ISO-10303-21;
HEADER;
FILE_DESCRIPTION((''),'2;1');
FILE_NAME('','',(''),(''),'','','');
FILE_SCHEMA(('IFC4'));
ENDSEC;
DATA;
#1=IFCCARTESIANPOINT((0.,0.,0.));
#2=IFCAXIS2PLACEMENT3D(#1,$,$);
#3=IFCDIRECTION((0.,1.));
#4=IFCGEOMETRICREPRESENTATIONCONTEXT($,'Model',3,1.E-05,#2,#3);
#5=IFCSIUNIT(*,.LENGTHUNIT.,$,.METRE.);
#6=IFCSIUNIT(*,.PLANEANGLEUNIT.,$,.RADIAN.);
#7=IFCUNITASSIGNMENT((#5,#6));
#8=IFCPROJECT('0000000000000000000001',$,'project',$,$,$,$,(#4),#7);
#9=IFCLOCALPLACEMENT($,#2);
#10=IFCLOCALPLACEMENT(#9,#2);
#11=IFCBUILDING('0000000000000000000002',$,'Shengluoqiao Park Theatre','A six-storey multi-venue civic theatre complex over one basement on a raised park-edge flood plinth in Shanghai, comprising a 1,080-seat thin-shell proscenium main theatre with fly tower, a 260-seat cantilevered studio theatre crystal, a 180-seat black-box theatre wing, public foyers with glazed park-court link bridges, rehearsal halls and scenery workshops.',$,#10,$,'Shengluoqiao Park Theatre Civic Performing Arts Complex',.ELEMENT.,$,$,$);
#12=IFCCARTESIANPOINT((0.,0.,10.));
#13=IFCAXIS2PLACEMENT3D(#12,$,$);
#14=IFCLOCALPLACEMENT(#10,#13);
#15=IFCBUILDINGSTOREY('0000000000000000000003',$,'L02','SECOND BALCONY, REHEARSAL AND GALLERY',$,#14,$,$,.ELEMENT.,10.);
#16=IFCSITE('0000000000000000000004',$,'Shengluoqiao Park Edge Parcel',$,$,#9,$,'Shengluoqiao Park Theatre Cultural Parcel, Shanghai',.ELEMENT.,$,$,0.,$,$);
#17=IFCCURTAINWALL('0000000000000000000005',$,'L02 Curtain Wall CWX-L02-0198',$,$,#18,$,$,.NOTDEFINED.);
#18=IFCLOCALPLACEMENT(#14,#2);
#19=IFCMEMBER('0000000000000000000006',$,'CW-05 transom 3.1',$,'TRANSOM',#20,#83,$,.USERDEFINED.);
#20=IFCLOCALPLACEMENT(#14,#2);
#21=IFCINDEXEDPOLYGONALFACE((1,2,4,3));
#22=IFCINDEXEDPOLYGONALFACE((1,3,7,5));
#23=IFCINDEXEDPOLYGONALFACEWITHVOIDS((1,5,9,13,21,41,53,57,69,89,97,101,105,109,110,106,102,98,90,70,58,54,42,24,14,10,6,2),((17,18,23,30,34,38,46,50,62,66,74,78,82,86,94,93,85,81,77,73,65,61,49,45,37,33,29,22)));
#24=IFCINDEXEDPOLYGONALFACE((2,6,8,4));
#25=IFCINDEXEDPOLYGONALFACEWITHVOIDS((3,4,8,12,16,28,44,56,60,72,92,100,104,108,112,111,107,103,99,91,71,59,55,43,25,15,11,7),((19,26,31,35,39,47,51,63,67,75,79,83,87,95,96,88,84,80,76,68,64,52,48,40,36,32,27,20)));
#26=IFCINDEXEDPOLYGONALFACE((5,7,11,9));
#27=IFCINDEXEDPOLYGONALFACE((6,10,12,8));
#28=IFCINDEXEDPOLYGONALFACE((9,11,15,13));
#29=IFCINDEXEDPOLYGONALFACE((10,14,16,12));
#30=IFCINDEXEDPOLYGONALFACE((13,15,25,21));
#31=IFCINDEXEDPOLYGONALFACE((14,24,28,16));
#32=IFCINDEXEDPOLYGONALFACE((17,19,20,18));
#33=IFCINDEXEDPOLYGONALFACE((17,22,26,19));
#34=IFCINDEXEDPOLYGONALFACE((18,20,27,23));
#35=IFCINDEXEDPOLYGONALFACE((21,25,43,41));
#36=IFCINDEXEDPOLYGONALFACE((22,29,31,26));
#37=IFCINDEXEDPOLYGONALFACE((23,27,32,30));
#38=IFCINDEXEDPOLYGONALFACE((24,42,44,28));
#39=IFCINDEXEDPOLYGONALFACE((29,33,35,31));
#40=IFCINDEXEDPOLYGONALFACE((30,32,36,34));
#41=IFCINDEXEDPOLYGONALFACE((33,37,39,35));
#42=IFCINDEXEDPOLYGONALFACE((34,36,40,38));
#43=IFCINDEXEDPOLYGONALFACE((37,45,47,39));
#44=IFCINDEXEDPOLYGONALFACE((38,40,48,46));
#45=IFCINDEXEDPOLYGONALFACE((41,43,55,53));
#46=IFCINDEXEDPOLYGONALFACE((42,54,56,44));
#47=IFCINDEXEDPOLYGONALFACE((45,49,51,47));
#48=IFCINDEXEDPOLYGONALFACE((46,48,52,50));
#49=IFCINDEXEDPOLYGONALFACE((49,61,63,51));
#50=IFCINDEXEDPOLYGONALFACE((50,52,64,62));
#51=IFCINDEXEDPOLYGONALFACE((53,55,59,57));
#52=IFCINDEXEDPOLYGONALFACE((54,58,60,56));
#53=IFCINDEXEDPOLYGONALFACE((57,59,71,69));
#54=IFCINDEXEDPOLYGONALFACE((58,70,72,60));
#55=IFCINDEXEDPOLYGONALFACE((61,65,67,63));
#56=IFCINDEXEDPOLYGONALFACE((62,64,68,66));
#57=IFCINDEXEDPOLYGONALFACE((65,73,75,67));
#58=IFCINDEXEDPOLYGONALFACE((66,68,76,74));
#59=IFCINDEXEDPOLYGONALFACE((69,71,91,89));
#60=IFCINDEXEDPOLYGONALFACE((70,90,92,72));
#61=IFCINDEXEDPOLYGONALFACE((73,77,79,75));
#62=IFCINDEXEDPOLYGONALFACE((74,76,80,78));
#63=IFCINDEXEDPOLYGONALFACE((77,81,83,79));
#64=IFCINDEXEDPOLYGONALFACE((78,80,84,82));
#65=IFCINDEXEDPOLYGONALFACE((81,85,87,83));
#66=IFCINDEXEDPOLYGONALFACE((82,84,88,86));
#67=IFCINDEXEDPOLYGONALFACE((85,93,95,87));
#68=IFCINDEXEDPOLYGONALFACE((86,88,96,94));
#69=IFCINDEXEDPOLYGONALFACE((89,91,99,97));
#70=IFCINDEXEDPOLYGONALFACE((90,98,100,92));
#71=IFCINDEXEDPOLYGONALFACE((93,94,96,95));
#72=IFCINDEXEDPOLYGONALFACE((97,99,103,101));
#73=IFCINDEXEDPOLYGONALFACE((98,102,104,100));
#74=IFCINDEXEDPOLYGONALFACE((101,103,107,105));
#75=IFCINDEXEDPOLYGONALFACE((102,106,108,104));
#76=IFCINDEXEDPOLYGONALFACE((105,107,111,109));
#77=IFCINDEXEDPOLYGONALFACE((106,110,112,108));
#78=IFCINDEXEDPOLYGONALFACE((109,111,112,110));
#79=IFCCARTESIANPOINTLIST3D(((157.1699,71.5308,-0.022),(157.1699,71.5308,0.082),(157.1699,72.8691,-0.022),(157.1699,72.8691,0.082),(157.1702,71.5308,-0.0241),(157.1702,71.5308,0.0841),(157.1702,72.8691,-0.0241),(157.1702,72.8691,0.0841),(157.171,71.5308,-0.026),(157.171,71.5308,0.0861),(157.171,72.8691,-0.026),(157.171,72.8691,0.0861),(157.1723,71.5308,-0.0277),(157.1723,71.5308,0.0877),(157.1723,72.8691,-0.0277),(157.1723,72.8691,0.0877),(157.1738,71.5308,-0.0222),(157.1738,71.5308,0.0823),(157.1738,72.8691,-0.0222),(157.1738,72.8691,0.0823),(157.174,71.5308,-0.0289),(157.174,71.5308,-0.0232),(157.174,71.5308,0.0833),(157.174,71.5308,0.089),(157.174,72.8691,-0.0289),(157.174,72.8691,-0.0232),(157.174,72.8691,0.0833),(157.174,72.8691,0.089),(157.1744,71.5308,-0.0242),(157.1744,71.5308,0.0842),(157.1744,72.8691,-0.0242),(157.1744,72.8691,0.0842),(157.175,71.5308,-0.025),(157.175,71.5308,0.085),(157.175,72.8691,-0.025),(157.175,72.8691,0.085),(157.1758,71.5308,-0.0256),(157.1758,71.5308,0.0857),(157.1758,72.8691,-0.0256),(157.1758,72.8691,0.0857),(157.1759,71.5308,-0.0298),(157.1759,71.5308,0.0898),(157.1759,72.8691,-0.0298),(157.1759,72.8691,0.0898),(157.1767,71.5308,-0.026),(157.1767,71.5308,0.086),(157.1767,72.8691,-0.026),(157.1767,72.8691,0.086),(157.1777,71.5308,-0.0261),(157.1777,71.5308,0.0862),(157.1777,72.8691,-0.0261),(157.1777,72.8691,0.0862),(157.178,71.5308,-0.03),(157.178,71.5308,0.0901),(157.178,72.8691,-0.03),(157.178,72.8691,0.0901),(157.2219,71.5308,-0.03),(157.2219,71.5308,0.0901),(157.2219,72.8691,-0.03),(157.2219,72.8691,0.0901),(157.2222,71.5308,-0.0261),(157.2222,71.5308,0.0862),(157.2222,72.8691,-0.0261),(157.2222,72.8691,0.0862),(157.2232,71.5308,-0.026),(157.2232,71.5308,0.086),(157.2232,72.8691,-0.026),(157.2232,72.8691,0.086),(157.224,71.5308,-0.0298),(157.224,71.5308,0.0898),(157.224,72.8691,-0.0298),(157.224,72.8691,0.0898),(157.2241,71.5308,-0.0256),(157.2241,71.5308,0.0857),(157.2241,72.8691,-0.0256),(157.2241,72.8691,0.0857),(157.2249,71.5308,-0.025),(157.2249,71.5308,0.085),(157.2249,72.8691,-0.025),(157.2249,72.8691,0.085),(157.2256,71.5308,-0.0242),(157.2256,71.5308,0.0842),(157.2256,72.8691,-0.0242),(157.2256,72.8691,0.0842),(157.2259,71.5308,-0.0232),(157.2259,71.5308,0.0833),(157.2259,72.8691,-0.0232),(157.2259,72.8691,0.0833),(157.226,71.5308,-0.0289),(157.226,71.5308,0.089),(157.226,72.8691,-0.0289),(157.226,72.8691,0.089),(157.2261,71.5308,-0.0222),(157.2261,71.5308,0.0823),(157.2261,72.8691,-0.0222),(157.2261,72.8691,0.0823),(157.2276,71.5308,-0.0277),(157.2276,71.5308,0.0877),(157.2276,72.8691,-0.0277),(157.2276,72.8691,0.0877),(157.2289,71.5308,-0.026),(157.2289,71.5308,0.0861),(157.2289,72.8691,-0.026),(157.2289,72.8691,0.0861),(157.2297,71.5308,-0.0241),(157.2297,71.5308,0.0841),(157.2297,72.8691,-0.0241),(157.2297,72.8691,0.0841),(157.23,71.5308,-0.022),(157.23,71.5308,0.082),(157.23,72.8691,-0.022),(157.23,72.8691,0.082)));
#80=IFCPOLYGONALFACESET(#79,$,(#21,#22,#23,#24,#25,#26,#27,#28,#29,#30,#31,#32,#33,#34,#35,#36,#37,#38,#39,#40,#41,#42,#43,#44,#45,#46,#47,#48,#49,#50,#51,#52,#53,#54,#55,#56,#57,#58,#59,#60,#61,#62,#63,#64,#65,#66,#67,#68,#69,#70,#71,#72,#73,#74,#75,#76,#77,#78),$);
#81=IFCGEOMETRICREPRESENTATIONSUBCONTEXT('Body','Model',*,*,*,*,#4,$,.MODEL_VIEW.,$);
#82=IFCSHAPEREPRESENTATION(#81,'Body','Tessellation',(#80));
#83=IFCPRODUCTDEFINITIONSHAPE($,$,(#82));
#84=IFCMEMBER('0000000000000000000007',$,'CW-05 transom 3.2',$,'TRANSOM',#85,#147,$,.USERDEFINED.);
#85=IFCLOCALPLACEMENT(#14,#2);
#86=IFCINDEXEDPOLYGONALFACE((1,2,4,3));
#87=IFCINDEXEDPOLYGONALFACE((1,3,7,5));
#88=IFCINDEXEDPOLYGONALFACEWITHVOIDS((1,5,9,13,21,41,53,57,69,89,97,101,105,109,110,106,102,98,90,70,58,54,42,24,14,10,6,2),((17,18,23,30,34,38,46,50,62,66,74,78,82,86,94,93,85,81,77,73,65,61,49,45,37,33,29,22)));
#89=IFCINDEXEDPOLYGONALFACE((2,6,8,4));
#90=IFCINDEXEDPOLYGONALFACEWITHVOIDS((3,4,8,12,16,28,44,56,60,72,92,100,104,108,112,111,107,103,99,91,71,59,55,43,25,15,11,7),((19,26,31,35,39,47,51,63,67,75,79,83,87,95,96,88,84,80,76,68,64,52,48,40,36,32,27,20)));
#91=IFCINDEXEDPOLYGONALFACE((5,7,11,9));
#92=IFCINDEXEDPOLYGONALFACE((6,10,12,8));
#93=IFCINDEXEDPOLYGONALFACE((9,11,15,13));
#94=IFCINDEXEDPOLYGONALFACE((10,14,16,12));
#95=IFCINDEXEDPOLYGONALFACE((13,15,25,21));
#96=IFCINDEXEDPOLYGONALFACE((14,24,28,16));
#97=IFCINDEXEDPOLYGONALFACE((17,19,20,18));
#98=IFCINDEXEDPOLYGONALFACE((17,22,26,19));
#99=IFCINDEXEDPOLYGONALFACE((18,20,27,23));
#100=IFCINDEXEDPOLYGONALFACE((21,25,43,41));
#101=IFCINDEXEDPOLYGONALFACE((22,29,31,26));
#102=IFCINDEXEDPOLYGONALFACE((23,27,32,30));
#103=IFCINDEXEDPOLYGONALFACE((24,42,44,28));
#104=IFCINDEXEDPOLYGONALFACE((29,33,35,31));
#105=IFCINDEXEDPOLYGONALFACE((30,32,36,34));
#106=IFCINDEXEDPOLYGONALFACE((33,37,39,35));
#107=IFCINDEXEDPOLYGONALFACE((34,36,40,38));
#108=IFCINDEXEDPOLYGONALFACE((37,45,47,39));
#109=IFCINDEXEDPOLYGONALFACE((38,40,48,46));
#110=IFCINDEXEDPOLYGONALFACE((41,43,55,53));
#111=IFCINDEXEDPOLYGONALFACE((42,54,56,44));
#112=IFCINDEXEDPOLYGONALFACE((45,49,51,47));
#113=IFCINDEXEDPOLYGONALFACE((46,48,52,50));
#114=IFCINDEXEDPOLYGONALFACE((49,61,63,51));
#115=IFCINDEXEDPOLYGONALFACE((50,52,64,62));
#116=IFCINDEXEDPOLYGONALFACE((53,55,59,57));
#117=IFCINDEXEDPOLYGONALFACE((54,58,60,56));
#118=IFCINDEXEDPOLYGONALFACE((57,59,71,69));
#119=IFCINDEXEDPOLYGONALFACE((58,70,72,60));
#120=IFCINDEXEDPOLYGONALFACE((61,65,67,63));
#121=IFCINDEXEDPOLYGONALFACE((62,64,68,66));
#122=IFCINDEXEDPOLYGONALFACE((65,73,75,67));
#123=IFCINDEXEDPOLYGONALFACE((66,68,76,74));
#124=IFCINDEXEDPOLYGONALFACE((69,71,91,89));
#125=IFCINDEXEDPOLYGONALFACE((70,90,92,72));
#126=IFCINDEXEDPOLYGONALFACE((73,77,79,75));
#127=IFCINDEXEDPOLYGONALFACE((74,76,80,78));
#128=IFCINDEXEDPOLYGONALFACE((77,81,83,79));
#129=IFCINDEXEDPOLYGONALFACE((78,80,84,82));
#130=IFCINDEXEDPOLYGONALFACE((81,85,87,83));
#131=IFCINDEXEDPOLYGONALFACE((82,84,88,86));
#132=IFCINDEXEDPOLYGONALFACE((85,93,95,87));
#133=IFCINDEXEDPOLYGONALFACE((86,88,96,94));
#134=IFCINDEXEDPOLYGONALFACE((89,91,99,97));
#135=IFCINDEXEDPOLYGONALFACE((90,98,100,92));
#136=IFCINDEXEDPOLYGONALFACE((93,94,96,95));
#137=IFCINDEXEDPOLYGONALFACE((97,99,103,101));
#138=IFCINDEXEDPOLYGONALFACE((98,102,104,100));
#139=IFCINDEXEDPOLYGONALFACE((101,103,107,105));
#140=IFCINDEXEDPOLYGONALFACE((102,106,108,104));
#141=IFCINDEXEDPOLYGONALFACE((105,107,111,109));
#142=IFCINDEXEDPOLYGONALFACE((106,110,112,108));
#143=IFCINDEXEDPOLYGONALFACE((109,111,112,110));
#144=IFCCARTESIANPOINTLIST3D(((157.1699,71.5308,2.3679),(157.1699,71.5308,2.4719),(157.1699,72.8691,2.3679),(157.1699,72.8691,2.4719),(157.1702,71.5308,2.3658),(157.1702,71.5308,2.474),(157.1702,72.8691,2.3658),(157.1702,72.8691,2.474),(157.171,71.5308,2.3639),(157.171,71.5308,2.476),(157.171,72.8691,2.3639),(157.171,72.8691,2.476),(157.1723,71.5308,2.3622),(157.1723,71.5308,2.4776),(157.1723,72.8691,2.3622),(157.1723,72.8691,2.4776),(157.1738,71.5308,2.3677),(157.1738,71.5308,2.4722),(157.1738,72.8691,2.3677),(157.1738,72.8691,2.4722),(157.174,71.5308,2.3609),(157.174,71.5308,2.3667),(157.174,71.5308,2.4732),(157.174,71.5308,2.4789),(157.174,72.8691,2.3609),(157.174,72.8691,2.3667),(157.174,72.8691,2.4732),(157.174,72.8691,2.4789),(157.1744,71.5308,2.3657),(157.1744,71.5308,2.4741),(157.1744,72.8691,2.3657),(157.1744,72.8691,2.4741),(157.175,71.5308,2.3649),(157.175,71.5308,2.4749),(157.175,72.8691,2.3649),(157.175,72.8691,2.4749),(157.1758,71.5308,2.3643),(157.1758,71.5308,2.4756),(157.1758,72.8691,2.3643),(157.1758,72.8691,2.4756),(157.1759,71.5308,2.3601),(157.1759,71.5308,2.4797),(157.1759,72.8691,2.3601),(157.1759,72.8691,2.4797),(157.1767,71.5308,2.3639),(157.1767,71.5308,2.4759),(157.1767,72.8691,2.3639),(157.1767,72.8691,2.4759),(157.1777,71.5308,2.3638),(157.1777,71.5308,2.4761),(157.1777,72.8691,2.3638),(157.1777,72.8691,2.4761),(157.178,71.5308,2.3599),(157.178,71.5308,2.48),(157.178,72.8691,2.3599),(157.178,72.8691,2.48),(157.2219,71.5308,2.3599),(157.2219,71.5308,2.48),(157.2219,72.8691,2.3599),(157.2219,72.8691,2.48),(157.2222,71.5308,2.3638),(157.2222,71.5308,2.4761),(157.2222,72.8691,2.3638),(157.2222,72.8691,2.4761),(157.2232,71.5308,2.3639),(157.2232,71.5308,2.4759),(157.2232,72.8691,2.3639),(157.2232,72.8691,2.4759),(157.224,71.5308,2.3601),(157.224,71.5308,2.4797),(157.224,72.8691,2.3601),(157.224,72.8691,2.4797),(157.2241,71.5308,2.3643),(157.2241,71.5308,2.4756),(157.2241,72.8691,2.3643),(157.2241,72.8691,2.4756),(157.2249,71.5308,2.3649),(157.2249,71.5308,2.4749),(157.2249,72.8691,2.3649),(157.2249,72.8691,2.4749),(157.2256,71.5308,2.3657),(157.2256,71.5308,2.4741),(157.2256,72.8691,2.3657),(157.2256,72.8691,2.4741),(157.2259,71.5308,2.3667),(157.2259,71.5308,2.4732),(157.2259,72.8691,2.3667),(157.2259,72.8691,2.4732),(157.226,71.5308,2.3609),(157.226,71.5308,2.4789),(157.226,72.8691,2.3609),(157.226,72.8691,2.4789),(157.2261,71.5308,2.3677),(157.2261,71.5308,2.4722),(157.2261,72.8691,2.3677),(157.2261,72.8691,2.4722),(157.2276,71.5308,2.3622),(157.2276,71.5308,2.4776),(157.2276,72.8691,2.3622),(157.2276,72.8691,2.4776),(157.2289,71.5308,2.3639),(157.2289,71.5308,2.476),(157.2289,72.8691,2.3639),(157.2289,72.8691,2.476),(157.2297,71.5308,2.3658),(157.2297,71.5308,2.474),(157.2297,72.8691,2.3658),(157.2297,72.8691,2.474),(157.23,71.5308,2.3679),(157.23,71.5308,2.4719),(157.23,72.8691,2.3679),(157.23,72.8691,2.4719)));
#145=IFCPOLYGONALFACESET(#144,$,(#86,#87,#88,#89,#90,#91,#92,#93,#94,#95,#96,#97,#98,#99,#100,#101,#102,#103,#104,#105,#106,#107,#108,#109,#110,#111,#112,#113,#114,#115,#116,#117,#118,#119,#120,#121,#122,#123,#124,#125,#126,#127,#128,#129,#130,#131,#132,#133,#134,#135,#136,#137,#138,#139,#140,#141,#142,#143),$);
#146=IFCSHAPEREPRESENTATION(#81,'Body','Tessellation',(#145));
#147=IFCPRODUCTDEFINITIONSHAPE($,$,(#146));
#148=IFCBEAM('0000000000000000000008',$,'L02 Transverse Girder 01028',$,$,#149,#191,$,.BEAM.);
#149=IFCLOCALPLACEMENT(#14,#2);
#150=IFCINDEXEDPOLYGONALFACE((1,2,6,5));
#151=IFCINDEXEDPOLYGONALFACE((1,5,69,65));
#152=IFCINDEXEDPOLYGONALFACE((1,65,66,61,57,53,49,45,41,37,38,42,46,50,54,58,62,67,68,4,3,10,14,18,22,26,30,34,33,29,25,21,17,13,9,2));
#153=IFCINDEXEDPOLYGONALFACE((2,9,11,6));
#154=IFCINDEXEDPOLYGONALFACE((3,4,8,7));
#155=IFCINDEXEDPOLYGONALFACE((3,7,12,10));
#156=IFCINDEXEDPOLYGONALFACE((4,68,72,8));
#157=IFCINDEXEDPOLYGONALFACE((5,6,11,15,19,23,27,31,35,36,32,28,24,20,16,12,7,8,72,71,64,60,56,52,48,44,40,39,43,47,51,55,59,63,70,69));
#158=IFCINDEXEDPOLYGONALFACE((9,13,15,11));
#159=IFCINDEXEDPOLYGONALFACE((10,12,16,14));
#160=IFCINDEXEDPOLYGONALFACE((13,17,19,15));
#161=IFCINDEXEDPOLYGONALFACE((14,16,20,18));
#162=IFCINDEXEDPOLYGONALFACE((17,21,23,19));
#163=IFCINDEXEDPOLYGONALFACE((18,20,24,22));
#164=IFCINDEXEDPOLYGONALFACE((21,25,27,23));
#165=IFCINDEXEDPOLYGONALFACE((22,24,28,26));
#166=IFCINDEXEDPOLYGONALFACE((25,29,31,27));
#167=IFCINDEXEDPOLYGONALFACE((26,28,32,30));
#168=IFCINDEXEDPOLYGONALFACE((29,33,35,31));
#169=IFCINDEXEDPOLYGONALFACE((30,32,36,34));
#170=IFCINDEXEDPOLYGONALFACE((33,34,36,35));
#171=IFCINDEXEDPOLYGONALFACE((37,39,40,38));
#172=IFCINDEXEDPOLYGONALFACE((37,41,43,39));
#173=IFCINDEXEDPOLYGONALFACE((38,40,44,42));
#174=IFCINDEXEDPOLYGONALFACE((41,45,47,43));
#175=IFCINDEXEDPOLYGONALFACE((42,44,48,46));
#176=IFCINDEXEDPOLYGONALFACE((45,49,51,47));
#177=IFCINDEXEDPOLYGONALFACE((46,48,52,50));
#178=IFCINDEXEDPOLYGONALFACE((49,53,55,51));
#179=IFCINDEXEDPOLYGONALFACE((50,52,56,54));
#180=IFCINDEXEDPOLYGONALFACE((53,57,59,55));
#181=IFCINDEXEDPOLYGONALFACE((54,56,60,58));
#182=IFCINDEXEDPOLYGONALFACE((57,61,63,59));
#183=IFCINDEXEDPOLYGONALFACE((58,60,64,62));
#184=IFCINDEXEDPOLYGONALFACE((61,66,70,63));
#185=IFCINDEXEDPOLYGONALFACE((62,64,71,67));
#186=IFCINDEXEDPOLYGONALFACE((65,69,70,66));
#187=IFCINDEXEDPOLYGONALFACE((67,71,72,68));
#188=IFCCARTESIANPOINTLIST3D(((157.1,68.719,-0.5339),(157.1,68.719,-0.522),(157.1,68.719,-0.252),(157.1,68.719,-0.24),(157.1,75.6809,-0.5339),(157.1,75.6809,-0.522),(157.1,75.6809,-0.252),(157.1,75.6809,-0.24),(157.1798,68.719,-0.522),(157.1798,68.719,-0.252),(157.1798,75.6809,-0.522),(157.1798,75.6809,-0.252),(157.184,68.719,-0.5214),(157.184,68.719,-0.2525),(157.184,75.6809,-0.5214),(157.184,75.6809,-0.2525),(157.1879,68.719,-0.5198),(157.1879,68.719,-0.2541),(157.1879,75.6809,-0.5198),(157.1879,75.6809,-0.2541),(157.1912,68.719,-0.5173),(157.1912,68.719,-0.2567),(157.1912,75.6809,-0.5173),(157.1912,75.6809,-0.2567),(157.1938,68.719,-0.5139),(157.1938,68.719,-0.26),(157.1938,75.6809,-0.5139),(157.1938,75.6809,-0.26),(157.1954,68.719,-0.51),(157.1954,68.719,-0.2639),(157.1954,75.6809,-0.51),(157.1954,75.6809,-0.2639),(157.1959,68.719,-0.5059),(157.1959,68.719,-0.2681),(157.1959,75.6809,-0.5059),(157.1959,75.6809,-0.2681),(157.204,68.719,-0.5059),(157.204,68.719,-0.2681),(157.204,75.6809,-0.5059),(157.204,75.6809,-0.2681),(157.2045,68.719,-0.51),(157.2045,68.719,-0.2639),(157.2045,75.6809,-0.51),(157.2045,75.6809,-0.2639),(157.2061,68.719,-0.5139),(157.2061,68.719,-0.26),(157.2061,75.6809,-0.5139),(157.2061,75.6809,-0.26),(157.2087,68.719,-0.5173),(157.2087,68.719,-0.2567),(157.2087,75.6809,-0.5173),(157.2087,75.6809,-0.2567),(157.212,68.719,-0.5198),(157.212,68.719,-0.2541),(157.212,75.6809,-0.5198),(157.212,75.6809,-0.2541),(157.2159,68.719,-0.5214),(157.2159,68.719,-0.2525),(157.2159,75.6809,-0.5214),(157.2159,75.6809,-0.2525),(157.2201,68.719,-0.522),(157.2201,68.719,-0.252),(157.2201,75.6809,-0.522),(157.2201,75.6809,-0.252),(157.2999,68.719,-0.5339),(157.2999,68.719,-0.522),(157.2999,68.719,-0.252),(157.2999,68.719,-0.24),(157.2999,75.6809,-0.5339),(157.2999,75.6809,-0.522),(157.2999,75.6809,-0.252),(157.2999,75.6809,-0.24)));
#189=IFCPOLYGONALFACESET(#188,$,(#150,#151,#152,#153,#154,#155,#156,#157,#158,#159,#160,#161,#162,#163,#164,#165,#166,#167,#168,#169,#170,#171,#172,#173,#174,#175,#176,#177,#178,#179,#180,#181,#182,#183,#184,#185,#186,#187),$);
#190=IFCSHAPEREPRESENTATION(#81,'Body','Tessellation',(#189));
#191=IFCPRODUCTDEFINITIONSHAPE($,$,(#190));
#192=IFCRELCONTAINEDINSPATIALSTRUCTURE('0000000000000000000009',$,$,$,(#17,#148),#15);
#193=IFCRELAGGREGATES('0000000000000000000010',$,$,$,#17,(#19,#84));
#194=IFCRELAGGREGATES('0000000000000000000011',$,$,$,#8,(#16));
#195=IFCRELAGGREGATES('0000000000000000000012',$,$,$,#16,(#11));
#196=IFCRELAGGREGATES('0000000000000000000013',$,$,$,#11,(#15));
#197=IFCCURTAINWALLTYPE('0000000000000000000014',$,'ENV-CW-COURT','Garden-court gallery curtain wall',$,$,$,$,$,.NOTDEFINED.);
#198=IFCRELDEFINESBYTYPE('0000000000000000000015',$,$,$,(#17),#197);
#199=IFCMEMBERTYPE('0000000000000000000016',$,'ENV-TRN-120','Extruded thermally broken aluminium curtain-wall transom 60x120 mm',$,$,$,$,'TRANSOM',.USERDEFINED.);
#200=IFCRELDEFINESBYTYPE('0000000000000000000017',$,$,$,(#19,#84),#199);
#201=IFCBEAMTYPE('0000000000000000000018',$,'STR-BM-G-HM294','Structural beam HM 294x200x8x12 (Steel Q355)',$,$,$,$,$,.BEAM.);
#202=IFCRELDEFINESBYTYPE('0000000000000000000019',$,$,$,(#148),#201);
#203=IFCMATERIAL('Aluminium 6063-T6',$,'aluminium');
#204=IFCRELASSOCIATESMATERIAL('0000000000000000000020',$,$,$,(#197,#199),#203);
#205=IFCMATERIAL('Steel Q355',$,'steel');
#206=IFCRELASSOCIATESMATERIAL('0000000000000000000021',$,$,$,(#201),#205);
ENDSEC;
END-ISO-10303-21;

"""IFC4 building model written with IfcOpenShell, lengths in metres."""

from ifc_helpers import new_model, si_unit, direction, frame, origin, origin_2d, place, context, subcontext, project, spatial, hollow_rectangle, i_section, extrude, material, material_profile, profile_set, type_object, element, aggregate, save


model = new_model("IFC4")

# Units and contexts
model_context = context("Model", 3, precision=1e-05, world=origin(), true_north=direction((0.0, 1.0)))
body_context = subcontext(model_context, "Body", "Model", "MODEL_VIEW")
ifc_project = project(units=[si_unit("LENGTHUNIT", "METRE"), si_unit("PLANEANGLEUNIT", "RADIAN")], contexts=[model_context])

# Site, building, storey
site_placement = place(None, origin())
site = spatial("IfcSite", under=ifc_project, at=site_placement, Name="Shengluoqiao Park Edge Parcel", LongName="Shengluoqiao Park Theatre Cultural Parcel, Shanghai", CompositionType="ELEMENT", RefElevation=0.0)
building_placement = place(site_placement, origin())
building = spatial("IfcBuilding", under=site, at=building_placement, Name="Shengluoqiao Park Theatre", Description="A six-storey multi-venue civic theatre complex over one basement on a raised park-edge flood plinth in Shanghai, comprising a 1,080-seat thin-shell proscenium main theatre with fly tower, a 260-seat cantilevered studio theatre crystal, a 180-seat black-box theatre wing, public foyers with glazed park-court link bridges, rehearsal halls and scenery workshops.", LongName="Shengluoqiao Park Theatre Civic Performing Arts Complex", CompositionType="ELEMENT")
storey_placement = place(building_placement, frame((0.0, 0.0, 10.0)))
storey = spatial("IfcBuildingStorey", under=building, at=storey_placement, Name="L02", Description="SECOND BALCONY, REHEARSAL AND GALLERY", CompositionType="ELEMENT", Elevation=10.0)

# Curtain wall
ifc_material_1 = material(Name="Aluminium 6063-T6", Category="aluminium")
curtain_wall_type_1 = type_object("IfcCurtainWallType", Name="ENV-CW-COURT", Description="Garden-court gallery curtain wall", PredefinedType="NOTDEFINED", material=ifc_material_1)
curtain_wall_1_placement = place(storey_placement, origin())
curtain_wall_1 = element("IfcCurtainWall", 1, at=curtain_wall_1_placement, inside=storey, type_object=curtain_wall_type_1, Name="L02 Curtain Wall CWX-L02-0198", PredefinedType="NOTDEFINED")

# Members
ifc_material_profile_1 = material_profile(ifc_material_1, hollow_rectangle(XDim=0.0601, YDim=0.1201, WallThickness=0.0039, InnerFilletRadius=0.0039, OuterFilletRadius=0.0081, at=origin_2d()), Name="ALU TRANSOM 120x60x4")
ifc_profile_set_1 = profile_set([ifc_material_profile_1], Name="Aluminium 6063-T6")
member_type_1 = type_object("IfcMemberType", Name="ENV-TRN-120", Description="Extruded thermally broken aluminium curtain-wall transom 60x120 mm", ElementType="TRANSOM", PredefinedType="USERDEFINED", material=ifc_profile_set_1)
member_1_placement = place(storey_placement, frame((157.2, 71.5308, 0.03), z_axis=(0.0, 1.0, 0.0), x_axis=(-1.0, 0.0, 0.0)))
member_1 = element("IfcMember", 2, at=member_1_placement, type_object=member_type_1, Name="CW-05 transom 3.1", ObjectType="TRANSOM", PredefinedType="USERDEFINED", context=body_context, shape_type="SweptSolid", body=[
    extrude(hollow_rectangle(XDim=0.0601, YDim=0.1201, WallThickness=0.0039, InnerFilletRadius=0.0039, OuterFilletRadius=0.0081, at=origin_2d()), origin(), (0.0, 0.0, 1.0), 1.3384),
])
member_2_placement = place(storey_placement, frame((157.2, 71.5308, 2.4199), z_axis=(0.0, 1.0, 0.0), x_axis=(-1.0, 0.0, 0.0)))
member_2 = element("IfcMember", 3, at=member_2_placement, type_object=member_type_1, Name="CW-05 transom 3.2", ObjectType="TRANSOM", PredefinedType="USERDEFINED", context=body_context, shape_type="SweptSolid", body=[
    extrude(hollow_rectangle(XDim=0.0601, YDim=0.1201, WallThickness=0.0039, InnerFilletRadius=0.0039, OuterFilletRadius=0.0081, at=origin_2d()), origin(), (0.0, 0.0, 1.0), 1.3384),
])

# Beam
ifc_material_2 = material(Name="Steel Q355", Category="steel")
ifc_material_profile_2 = material_profile(ifc_material_2, i_section(OverallWidth=0.2, OverallDepth=0.2939, WebThickness=0.0081, FlangeThickness=0.012, FilletRadius=0.0161, at=origin_2d()), Name="HM 294x200x8x12")
ifc_profile_set_2 = profile_set([ifc_material_profile_2], Name="Steel Q355")
beam_type = type_object("IfcBeamType", Name="STR-BM-G-HM294", Description="Structural beam HM 294x200x8x12 (Steel Q355)", PredefinedType="BEAM", material=ifc_profile_set_2)
beam_placement = place(storey_placement, frame((157.2, 68.719, -0.387), z_axis=(0.0, 1.0, 0.0), x_axis=(-1.0, 0.0, 0.0)))
element("IfcBeam", 4, at=beam_placement, inside=storey, type_object=beam_type, Name="L02 Transverse Girder 01028", PredefinedType="BEAM", context=body_context, shape_type="SweptSolid", body=[
    extrude(i_section(OverallWidth=0.2, OverallDepth=0.2939, WebThickness=0.0081, FlangeThickness=0.012, FilletRadius=0.0161, at=origin_2d()), origin(), (0.0, 0.0, 1.0), 6.9619),
])

aggregate(curtain_wall_1, [member_1, member_2])

save(model, "model.ifc")
